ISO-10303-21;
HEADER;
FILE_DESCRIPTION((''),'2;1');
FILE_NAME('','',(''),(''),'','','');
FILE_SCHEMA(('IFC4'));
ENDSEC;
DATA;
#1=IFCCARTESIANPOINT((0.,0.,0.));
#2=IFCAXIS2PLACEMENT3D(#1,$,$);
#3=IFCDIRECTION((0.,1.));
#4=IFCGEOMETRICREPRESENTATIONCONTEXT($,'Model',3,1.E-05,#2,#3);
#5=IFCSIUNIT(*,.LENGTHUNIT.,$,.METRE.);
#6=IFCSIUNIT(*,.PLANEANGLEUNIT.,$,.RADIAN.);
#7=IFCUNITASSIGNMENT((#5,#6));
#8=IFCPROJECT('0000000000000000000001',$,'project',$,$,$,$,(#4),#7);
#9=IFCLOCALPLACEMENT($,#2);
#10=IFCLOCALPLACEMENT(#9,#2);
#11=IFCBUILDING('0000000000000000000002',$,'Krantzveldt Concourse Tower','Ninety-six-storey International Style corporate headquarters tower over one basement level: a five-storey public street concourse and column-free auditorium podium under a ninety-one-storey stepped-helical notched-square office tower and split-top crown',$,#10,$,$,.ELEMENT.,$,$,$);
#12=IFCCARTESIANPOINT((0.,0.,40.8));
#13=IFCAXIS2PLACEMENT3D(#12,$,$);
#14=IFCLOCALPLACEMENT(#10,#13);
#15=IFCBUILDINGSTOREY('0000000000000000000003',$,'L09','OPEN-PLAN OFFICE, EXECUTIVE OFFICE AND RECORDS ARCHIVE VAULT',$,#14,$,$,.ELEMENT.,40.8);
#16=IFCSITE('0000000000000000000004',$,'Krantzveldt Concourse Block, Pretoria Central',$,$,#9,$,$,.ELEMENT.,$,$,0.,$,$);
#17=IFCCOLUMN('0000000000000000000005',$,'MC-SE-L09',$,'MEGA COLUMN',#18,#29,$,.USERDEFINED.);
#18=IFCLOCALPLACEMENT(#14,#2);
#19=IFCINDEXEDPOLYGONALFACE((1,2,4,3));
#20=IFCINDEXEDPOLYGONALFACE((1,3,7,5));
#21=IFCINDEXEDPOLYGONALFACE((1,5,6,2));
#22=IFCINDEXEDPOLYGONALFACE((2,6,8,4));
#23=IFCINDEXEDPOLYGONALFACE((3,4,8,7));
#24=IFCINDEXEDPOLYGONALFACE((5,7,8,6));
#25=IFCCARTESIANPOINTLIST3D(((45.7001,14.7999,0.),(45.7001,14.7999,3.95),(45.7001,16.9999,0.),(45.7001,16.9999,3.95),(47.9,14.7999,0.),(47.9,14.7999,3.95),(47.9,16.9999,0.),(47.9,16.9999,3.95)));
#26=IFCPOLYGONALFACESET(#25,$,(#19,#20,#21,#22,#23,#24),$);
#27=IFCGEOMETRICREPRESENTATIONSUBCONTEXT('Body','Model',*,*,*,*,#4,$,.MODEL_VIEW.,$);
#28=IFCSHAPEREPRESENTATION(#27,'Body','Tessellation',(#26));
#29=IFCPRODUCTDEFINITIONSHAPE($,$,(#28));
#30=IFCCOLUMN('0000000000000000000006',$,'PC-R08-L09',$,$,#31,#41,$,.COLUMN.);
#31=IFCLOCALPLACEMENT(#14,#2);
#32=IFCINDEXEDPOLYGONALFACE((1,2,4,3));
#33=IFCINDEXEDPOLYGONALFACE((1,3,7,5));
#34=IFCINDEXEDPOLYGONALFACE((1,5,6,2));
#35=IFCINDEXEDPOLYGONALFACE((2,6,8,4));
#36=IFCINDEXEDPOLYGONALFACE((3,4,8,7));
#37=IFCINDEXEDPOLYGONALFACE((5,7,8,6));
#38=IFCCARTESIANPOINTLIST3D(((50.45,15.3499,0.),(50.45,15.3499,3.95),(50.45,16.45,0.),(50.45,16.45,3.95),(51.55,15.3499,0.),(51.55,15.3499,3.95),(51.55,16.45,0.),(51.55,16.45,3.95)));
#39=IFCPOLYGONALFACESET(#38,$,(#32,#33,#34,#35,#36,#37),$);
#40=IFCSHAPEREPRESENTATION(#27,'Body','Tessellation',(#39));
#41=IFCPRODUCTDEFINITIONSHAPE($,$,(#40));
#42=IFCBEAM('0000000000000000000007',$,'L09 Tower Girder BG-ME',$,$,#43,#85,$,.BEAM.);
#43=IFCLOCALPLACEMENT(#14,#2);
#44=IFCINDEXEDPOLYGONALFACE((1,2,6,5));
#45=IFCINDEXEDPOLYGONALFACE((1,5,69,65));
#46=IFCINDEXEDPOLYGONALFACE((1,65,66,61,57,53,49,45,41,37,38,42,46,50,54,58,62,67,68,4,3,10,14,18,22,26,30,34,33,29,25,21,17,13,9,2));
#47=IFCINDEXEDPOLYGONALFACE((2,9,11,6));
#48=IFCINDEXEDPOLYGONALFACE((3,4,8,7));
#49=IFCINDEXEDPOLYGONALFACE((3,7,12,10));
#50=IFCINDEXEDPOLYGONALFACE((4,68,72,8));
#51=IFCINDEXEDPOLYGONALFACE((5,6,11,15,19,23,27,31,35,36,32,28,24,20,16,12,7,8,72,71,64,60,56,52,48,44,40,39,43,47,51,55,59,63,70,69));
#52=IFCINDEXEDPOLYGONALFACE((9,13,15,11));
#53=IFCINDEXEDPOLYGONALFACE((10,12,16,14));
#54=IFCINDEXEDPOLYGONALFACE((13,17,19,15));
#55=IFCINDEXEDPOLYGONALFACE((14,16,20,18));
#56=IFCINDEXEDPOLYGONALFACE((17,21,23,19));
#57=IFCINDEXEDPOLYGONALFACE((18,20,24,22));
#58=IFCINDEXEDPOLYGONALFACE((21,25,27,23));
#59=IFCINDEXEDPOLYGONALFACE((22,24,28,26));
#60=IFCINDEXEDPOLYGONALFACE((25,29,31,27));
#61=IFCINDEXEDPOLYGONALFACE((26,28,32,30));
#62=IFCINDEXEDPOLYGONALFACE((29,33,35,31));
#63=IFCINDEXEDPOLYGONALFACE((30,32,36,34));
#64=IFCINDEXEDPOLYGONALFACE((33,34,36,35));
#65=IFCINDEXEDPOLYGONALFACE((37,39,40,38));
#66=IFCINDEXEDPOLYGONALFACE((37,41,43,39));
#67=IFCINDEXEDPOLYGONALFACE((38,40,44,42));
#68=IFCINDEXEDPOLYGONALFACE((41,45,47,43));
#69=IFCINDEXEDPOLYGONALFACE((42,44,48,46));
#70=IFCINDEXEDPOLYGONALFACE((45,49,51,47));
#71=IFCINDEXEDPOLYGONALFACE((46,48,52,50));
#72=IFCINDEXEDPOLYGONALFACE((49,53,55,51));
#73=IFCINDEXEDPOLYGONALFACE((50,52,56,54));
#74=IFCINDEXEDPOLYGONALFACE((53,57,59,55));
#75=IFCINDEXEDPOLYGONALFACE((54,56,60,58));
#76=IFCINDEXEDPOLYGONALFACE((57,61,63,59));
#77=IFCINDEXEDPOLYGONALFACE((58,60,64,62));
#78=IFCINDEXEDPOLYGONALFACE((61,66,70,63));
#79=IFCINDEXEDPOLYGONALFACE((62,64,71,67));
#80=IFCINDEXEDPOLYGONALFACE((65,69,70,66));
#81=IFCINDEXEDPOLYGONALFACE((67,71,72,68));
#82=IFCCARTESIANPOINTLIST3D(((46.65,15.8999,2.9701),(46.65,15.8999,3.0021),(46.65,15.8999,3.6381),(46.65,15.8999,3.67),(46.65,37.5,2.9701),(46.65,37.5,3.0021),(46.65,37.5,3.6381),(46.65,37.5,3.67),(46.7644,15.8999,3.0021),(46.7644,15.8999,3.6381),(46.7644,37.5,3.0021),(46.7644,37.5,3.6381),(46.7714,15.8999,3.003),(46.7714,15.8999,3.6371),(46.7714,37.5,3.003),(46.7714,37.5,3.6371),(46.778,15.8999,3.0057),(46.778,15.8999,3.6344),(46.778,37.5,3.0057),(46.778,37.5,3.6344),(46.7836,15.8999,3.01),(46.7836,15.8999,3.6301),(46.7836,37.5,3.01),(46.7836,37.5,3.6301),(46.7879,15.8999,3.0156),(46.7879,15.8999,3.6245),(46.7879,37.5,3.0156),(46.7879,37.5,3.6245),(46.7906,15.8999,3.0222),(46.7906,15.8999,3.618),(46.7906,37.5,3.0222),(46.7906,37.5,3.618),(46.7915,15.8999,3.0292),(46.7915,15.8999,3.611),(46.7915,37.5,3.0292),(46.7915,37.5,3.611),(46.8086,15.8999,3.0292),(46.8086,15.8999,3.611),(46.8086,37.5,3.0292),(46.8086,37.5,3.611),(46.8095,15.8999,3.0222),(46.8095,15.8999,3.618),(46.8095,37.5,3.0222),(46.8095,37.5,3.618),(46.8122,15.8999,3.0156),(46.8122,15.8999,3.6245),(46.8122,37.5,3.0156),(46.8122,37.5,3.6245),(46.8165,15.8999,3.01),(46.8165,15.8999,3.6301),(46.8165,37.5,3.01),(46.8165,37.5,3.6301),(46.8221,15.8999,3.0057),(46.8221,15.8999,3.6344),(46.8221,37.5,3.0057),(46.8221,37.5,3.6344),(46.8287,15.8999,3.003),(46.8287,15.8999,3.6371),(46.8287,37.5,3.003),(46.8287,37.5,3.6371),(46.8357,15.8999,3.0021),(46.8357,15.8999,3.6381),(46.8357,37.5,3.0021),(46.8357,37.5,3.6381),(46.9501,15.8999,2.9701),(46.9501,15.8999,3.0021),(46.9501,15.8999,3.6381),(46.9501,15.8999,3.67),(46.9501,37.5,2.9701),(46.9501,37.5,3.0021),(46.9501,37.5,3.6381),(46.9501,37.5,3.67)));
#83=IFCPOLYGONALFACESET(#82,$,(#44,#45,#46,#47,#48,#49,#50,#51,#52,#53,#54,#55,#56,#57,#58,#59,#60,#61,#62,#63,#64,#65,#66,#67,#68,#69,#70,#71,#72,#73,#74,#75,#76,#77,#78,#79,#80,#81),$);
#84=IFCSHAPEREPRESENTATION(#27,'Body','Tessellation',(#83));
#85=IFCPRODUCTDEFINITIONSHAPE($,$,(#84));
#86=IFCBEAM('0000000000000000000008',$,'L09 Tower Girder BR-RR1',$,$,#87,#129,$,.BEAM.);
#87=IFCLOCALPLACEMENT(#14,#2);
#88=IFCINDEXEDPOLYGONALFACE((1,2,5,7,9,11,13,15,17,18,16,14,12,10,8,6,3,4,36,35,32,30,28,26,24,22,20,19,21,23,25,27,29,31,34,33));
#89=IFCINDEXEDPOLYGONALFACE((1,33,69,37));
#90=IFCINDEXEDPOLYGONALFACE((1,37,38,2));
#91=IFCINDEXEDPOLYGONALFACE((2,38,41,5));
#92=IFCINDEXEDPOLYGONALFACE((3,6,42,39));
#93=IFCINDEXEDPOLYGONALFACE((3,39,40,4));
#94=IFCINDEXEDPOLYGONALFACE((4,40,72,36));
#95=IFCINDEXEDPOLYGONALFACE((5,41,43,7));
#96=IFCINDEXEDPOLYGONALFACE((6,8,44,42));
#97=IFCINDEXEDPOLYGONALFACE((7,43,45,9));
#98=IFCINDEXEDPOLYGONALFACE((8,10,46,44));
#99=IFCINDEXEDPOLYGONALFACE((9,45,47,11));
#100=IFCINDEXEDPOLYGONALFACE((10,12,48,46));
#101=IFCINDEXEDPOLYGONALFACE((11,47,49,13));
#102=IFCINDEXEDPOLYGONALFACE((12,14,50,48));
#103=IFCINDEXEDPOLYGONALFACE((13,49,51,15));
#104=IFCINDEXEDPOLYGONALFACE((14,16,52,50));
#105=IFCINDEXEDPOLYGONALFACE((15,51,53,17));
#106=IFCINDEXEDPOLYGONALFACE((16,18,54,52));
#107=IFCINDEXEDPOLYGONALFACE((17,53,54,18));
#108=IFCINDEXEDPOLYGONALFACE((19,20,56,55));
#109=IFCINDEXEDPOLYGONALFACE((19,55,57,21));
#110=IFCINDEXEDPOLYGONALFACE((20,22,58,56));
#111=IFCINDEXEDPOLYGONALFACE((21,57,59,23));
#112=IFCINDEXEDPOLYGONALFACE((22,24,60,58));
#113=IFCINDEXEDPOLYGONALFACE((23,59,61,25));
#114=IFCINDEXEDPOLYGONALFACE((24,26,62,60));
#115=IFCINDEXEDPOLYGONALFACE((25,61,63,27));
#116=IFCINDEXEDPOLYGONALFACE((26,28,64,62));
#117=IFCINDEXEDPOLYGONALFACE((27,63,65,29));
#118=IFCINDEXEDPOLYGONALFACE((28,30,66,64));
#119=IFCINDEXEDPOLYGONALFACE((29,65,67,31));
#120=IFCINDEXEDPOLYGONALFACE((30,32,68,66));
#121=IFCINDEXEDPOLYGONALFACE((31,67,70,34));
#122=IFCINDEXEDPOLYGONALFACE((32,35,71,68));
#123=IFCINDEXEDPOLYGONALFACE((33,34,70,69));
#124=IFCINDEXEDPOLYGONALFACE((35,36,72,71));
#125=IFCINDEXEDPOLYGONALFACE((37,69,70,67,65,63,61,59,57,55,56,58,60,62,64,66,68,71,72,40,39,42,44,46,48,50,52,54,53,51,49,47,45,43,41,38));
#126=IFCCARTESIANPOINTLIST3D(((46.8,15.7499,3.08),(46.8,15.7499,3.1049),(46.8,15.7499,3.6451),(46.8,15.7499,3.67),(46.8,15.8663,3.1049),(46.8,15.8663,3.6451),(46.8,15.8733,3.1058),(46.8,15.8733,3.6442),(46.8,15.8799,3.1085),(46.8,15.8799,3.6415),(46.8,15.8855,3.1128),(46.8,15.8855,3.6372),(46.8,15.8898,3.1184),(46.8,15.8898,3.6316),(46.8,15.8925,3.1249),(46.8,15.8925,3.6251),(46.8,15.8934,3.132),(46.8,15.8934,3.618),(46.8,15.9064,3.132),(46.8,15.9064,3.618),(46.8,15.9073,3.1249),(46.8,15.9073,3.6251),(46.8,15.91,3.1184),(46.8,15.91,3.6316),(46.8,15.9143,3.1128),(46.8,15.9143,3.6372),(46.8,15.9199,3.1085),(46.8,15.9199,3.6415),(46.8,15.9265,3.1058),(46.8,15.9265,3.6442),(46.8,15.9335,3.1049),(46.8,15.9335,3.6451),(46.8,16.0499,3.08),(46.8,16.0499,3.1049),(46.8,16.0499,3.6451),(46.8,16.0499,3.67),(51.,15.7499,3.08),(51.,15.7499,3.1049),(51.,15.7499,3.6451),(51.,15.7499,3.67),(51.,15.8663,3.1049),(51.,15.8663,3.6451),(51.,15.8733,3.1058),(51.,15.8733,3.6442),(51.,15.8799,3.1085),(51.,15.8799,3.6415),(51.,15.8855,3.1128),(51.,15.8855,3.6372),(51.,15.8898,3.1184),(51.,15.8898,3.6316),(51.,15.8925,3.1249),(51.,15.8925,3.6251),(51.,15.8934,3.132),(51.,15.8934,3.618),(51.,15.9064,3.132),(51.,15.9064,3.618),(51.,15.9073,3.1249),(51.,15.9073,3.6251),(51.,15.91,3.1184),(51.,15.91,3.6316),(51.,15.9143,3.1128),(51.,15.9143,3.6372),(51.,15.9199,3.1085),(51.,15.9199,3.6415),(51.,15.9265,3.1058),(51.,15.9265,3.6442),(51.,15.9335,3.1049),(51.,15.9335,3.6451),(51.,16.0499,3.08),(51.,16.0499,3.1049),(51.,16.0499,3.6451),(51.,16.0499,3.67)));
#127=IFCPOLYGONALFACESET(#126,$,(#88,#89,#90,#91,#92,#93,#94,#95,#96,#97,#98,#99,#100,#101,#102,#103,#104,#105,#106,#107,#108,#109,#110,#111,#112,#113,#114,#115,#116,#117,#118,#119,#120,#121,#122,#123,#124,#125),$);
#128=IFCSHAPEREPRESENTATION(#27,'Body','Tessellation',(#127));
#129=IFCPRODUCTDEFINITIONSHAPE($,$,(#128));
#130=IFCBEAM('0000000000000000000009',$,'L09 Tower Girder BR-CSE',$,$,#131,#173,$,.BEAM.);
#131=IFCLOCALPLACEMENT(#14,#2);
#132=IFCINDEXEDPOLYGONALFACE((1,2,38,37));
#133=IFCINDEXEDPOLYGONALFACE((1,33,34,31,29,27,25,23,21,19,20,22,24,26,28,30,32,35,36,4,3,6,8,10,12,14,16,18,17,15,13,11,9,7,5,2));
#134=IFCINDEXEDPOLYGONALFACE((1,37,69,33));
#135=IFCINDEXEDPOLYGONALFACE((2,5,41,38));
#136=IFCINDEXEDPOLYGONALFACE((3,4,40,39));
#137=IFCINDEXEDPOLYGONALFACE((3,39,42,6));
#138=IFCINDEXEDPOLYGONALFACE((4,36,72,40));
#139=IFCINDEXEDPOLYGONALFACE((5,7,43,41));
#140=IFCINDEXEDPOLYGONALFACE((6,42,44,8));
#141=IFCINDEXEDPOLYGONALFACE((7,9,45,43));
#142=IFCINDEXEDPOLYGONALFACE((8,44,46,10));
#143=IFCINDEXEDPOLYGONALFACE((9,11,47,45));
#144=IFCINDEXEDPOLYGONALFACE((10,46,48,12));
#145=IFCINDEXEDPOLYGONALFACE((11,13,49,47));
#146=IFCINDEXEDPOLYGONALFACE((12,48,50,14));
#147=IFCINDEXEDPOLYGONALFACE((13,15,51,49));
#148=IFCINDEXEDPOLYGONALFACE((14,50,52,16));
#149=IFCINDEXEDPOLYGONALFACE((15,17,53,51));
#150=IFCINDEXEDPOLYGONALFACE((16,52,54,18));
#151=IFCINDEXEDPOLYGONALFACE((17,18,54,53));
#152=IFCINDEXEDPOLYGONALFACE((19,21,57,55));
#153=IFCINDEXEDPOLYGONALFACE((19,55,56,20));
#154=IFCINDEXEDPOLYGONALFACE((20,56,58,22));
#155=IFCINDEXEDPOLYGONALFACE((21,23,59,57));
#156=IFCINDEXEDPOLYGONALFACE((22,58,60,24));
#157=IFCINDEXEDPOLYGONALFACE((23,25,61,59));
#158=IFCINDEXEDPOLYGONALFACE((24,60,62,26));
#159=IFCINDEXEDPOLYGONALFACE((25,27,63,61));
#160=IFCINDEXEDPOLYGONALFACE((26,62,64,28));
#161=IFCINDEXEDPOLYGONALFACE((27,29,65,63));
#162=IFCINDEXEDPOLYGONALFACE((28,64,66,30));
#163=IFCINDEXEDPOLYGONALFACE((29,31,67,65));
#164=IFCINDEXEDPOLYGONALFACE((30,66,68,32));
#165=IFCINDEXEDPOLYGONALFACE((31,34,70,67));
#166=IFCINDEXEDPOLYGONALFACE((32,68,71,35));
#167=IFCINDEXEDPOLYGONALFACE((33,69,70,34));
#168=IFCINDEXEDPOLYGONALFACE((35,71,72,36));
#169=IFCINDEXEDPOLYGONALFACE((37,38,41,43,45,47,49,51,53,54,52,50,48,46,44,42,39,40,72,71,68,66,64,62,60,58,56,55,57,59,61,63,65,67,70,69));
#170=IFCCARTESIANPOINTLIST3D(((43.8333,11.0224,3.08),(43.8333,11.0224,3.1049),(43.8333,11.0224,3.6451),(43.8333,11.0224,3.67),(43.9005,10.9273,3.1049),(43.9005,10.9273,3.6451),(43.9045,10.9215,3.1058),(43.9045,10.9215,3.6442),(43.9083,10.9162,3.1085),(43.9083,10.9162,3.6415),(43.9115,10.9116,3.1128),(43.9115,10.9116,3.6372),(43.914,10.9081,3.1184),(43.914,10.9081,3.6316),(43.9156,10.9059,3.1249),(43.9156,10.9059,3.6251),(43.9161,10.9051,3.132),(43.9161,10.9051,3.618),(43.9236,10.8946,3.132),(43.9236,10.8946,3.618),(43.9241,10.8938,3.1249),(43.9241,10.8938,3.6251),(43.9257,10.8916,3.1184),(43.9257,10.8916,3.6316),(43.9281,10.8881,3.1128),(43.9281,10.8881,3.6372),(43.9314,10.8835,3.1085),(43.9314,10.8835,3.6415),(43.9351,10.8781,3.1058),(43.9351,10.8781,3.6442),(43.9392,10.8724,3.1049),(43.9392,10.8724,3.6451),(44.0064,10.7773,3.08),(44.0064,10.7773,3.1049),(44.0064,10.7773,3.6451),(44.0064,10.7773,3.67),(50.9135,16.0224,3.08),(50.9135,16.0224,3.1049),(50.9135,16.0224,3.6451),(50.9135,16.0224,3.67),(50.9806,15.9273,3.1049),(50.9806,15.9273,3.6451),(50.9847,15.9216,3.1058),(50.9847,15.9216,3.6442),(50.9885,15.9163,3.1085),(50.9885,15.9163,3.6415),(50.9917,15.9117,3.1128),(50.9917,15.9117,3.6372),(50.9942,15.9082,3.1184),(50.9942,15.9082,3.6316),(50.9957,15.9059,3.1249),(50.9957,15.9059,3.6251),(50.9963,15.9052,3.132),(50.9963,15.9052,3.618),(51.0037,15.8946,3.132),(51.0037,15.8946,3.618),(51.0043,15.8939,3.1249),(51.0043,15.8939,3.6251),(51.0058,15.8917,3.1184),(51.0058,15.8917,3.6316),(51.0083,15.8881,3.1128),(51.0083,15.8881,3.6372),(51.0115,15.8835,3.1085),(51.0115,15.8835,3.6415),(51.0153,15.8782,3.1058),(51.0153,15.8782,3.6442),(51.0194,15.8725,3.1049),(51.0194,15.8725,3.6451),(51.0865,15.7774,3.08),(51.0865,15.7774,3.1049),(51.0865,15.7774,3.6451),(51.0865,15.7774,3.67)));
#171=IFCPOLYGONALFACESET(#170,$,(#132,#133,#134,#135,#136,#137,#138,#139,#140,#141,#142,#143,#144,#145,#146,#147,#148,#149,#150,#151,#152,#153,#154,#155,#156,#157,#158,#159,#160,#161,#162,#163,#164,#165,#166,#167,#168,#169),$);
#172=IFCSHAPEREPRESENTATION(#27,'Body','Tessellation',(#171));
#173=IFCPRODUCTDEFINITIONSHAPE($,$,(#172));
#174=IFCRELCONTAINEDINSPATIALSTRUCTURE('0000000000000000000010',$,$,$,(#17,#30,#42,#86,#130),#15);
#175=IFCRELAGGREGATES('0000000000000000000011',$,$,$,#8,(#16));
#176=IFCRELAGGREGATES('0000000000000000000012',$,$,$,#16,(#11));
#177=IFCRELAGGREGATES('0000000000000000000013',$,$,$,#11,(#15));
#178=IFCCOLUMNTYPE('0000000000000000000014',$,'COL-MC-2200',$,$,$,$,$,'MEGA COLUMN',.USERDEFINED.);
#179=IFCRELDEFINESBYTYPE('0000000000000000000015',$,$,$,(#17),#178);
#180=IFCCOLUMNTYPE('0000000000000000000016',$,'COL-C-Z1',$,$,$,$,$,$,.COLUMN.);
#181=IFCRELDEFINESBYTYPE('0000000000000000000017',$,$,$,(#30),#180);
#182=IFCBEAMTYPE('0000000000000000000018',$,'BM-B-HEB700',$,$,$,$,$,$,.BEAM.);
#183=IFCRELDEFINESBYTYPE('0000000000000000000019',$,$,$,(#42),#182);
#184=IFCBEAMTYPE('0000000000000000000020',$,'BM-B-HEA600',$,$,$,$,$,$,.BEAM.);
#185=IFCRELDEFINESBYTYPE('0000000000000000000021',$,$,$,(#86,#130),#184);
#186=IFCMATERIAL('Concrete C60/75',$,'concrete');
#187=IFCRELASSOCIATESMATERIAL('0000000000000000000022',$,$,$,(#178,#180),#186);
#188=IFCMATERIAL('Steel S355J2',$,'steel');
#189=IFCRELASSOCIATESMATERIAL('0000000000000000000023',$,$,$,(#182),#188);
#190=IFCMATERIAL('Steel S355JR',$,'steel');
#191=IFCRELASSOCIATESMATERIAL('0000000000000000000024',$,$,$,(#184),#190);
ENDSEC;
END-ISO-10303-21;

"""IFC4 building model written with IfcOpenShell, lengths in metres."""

from ifc_helpers import new_model, si_unit, direction, frame, origin, origin_2d, place, context, subcontext, project, spatial, rectangle, i_section, extrude, source, transform, mapped, material, material_profile, profile_set, type_object, type_shapes, element, save


model = new_model("IFC4")

# Units and contexts
model_context = context("Model", 3, precision=1e-05, world=origin(), true_north=direction((0.0, 1.0)))
body_context = subcontext(model_context, "Body", "Model", "MODEL_VIEW")
ifc_project = project(units=[si_unit("LENGTHUNIT", "METRE"), si_unit("PLANEANGLEUNIT", "RADIAN")], contexts=[model_context])

# Site, building, storey
site_placement = place(None, origin())
site = spatial("IfcSite", under=ifc_project, at=site_placement, Name="Krantzveldt Concourse Block, Pretoria Central", CompositionType="ELEMENT", RefElevation=0.0)
building_placement = place(site_placement, origin())
building = spatial("IfcBuilding", under=site, at=building_placement, Name="Krantzveldt Concourse Tower", Description="Ninety-six-storey International Style corporate headquarters tower over one basement level: a five-storey public street concourse and column-free auditorium podium under a ninety-one-storey stepped-helical notched-square office tower and split-top crown", CompositionType="ELEMENT")
storey_placement = place(building_placement, frame((0.0, 0.0, 40.8)))
storey = spatial("IfcBuildingStorey", under=building, at=storey_placement, Name="L09", Description="OPEN-PLAN OFFICE, EXECUTIVE OFFICE AND RECORDS ARCHIVE VAULT", CompositionType="ELEMENT", Elevation=40.8)

# Columns
ifc_material_1 = material(Name="Concrete C60/75", Category="concrete")
ifc_material_profile_1 = material_profile(ifc_material_1, rectangle(XDim=2.2, YDim=2.2, at=origin_2d()), Name="Concrete C60/75", Category="concrete")
ifc_profile_set_1 = profile_set([ifc_material_profile_1], Name="Concrete C60/75 - RC 2200x2200")
column_type_1 = type_object("IfcColumnType", Name="COL-MC-2200", ElementType="MEGA COLUMN", PredefinedType="USERDEFINED", material=ifc_profile_set_1)
shared_shape_1 = source(origin(), body_context, "Body", "SweptSolid", [
    extrude(rectangle(XDim=2.2, YDim=2.2, at=origin_2d()), origin(), (0.0, 0.0, 1.0), 3.95),
])
type_shapes(column_type_1, [shared_shape_1])
column_1_placement = place(storey_placement, frame((46.8, 15.8999, 0.0), z_axis=(0.0, 0.0, 1.0), x_axis=(1.0, 0.0, 0.0)))
element("IfcColumn", 1, at=column_1_placement, inside=storey, type_object=column_type_1, Name="MC-SE-L09", ObjectType="MEGA COLUMN", PredefinedType="USERDEFINED", context=body_context, shape_type="MappedRepresentation", body=[
    mapped(shared_shape_1, transform((0.0, 0.0, 0.0), x_axis=(1.0, 0.0, 0.0), y_axis=(0.0, 1.0, 0.0), z_axis=(0.0, 0.0, 1.0), scale=1.0)),
])
ifc_material_profile_2 = material_profile(ifc_material_1, rectangle(XDim=1.1001, YDim=1.1001, at=origin_2d()), Name="Concrete C60/75", Category="concrete")
ifc_profile_set_2 = profile_set([ifc_material_profile_2], Name="Concrete C60/75 - RC 1100x1100")
column_type_2 = type_object("IfcColumnType", Name="COL-C-Z1", PredefinedType="COLUMN", material=ifc_profile_set_2)
shared_shape_2 = source(origin(), body_context, "Body", "SweptSolid", [
    extrude(rectangle(XDim=1.1001, YDim=1.1001, at=origin_2d()), origin(), (0.0, 0.0, 1.0), 3.95),
])
type_shapes(column_type_2, [shared_shape_2])
column_2_placement = place(storey_placement, frame((51.0, 15.8999, 0.0), z_axis=(0.0, 0.0, 1.0), x_axis=(1.0, 0.0, 0.0)))
element("IfcColumn", 2, at=column_2_placement, inside=storey, type_object=column_type_2, Name="PC-R08-L09", PredefinedType="COLUMN", context=body_context, shape_type="MappedRepresentation", body=[
    mapped(shared_shape_2, transform((0.0, 0.0, 0.0), x_axis=(1.0, 0.0, 0.0), y_axis=(0.0, 1.0, 0.0), z_axis=(0.0, 0.0, 1.0), scale=1.0)),
])

# Beams
ifc_material_2 = material(Name="Steel S355J2", Category="steel")
ifc_material_profile_3 = material_profile(ifc_material_2, i_section(OverallWidth=0.3, OverallDepth=0.7, WebThickness=0.0171, FlangeThickness=0.032, FilletRadius=0.0271, at=origin_2d()), Name="Steel S355J2", Category="steel")
ifc_profile_set_3 = profile_set([ifc_material_profile_3], Name="Steel S355J2 - HEB 700")
beam_type_1 = type_object("IfcBeamType", Name="BM-B-HEB700", PredefinedType="BEAM", material=ifc_profile_set_3)
shared_shape_3 = source(origin(), body_context, "Body", "SweptSolid", [
    extrude(i_section(OverallWidth=0.3, OverallDepth=0.7, WebThickness=0.0171, FlangeThickness=0.032, FilletRadius=0.0271, at=origin_2d()), origin(), (0.0, 0.0, 1.0), 21.6001),
])
type_shapes(beam_type_1, [shared_shape_3])
beam_1_placement = place(storey_placement, frame((46.8, 15.8999, 3.3201), z_axis=(0.0, 1.0, 0.0), x_axis=(-1.0, 0.0, 0.0)))
element("IfcBeam", 3, at=beam_1_placement, inside=storey, type_object=beam_type_1, Name="L09 Tower Girder BG-ME", PredefinedType="BEAM", context=body_context, shape_type="MappedRepresentation", body=[
    mapped(shared_shape_3, transform((0.0, 0.0, 0.0), x_axis=(1.0, 0.0, 0.0), y_axis=(0.0, 1.0, 0.0), z_axis=(0.0, 0.0, 1.0), scale=1.0)),
])
ifc_material_3 = material(Name="Steel S355JR", Category="steel")
ifc_material_profile_4 = material_profile(ifc_material_3, i_section(OverallWidth=0.3, OverallDepth=0.5901, WebThickness=0.0129, FlangeThickness=0.0249, FilletRadius=0.0271, at=origin_2d()), Name="Steel S355JR", Category="steel")
ifc_profile_set_4 = profile_set([ifc_material_profile_4], Name="Steel S355JR - HEA 600")
beam_type_2 = type_object("IfcBeamType", Name="BM-B-HEA600", PredefinedType="BEAM", material=ifc_profile_set_4)
shared_shape_4 = source(origin(), body_context, "Body", "SweptSolid", [
    extrude(i_section(OverallWidth=0.3, OverallDepth=0.5901, WebThickness=0.0129, FlangeThickness=0.0249, FilletRadius=0.0271, at=origin_2d()), origin(), (0.0, 0.0, 1.0), 4.2),
])
beam_2_placement = place(storey_placement, frame((46.8, 15.8999, 3.375), z_axis=(1.0, 0.0, 0.0), x_axis=(0.0, 1.0, 0.0)))
element("IfcBeam", 4, at=beam_2_placement, inside=storey, type_object=beam_type_2, Name="L09 Tower Girder BR-RR1", PredefinedType="BEAM", context=body_context, shape_type="MappedRepresentation", body=[
    mapped(shared_shape_4, transform((0.0, 0.0, 0.0), x_axis=(1.0, 0.0, 0.0), y_axis=(0.0, 1.0, 0.0), z_axis=(0.0, 0.0, 1.0), scale=1.0)),
])
shared_shape_5 = source(origin(), body_context, "Body", "SweptSolid", [
    extrude(i_section(OverallWidth=0.3, OverallDepth=0.5901, WebThickness=0.0129, FlangeThickness=0.0249, FilletRadius=0.0271, at=origin_2d()), origin(), (0.0, 0.0, 1.0), 8.6677),
])
type_shapes(beam_type_2, [shared_shape_4, shared_shape_5])
beam_3_placement = place(storey_placement, frame((51.0, 15.8999, 3.375), z_axis=(-0.816843, -0.57686, 0.0), x_axis=(0.57686, -0.816843, 0.0)))
element("IfcBeam", 5, at=beam_3_placement, inside=storey, type_object=beam_type_2, Name="L09 Tower Girder BR-CSE", PredefinedType="BEAM", context=body_context, shape_type="MappedRepresentation", body=[
    mapped(shared_shape_5, transform((0.0, 0.0, 0.0), x_axis=(1.0, 0.0, 0.0), y_axis=(0.0, 1.0, 0.0), z_axis=(0.0, 0.0, 1.0), scale=1.0)),
])

save(model, "model.ifc")
